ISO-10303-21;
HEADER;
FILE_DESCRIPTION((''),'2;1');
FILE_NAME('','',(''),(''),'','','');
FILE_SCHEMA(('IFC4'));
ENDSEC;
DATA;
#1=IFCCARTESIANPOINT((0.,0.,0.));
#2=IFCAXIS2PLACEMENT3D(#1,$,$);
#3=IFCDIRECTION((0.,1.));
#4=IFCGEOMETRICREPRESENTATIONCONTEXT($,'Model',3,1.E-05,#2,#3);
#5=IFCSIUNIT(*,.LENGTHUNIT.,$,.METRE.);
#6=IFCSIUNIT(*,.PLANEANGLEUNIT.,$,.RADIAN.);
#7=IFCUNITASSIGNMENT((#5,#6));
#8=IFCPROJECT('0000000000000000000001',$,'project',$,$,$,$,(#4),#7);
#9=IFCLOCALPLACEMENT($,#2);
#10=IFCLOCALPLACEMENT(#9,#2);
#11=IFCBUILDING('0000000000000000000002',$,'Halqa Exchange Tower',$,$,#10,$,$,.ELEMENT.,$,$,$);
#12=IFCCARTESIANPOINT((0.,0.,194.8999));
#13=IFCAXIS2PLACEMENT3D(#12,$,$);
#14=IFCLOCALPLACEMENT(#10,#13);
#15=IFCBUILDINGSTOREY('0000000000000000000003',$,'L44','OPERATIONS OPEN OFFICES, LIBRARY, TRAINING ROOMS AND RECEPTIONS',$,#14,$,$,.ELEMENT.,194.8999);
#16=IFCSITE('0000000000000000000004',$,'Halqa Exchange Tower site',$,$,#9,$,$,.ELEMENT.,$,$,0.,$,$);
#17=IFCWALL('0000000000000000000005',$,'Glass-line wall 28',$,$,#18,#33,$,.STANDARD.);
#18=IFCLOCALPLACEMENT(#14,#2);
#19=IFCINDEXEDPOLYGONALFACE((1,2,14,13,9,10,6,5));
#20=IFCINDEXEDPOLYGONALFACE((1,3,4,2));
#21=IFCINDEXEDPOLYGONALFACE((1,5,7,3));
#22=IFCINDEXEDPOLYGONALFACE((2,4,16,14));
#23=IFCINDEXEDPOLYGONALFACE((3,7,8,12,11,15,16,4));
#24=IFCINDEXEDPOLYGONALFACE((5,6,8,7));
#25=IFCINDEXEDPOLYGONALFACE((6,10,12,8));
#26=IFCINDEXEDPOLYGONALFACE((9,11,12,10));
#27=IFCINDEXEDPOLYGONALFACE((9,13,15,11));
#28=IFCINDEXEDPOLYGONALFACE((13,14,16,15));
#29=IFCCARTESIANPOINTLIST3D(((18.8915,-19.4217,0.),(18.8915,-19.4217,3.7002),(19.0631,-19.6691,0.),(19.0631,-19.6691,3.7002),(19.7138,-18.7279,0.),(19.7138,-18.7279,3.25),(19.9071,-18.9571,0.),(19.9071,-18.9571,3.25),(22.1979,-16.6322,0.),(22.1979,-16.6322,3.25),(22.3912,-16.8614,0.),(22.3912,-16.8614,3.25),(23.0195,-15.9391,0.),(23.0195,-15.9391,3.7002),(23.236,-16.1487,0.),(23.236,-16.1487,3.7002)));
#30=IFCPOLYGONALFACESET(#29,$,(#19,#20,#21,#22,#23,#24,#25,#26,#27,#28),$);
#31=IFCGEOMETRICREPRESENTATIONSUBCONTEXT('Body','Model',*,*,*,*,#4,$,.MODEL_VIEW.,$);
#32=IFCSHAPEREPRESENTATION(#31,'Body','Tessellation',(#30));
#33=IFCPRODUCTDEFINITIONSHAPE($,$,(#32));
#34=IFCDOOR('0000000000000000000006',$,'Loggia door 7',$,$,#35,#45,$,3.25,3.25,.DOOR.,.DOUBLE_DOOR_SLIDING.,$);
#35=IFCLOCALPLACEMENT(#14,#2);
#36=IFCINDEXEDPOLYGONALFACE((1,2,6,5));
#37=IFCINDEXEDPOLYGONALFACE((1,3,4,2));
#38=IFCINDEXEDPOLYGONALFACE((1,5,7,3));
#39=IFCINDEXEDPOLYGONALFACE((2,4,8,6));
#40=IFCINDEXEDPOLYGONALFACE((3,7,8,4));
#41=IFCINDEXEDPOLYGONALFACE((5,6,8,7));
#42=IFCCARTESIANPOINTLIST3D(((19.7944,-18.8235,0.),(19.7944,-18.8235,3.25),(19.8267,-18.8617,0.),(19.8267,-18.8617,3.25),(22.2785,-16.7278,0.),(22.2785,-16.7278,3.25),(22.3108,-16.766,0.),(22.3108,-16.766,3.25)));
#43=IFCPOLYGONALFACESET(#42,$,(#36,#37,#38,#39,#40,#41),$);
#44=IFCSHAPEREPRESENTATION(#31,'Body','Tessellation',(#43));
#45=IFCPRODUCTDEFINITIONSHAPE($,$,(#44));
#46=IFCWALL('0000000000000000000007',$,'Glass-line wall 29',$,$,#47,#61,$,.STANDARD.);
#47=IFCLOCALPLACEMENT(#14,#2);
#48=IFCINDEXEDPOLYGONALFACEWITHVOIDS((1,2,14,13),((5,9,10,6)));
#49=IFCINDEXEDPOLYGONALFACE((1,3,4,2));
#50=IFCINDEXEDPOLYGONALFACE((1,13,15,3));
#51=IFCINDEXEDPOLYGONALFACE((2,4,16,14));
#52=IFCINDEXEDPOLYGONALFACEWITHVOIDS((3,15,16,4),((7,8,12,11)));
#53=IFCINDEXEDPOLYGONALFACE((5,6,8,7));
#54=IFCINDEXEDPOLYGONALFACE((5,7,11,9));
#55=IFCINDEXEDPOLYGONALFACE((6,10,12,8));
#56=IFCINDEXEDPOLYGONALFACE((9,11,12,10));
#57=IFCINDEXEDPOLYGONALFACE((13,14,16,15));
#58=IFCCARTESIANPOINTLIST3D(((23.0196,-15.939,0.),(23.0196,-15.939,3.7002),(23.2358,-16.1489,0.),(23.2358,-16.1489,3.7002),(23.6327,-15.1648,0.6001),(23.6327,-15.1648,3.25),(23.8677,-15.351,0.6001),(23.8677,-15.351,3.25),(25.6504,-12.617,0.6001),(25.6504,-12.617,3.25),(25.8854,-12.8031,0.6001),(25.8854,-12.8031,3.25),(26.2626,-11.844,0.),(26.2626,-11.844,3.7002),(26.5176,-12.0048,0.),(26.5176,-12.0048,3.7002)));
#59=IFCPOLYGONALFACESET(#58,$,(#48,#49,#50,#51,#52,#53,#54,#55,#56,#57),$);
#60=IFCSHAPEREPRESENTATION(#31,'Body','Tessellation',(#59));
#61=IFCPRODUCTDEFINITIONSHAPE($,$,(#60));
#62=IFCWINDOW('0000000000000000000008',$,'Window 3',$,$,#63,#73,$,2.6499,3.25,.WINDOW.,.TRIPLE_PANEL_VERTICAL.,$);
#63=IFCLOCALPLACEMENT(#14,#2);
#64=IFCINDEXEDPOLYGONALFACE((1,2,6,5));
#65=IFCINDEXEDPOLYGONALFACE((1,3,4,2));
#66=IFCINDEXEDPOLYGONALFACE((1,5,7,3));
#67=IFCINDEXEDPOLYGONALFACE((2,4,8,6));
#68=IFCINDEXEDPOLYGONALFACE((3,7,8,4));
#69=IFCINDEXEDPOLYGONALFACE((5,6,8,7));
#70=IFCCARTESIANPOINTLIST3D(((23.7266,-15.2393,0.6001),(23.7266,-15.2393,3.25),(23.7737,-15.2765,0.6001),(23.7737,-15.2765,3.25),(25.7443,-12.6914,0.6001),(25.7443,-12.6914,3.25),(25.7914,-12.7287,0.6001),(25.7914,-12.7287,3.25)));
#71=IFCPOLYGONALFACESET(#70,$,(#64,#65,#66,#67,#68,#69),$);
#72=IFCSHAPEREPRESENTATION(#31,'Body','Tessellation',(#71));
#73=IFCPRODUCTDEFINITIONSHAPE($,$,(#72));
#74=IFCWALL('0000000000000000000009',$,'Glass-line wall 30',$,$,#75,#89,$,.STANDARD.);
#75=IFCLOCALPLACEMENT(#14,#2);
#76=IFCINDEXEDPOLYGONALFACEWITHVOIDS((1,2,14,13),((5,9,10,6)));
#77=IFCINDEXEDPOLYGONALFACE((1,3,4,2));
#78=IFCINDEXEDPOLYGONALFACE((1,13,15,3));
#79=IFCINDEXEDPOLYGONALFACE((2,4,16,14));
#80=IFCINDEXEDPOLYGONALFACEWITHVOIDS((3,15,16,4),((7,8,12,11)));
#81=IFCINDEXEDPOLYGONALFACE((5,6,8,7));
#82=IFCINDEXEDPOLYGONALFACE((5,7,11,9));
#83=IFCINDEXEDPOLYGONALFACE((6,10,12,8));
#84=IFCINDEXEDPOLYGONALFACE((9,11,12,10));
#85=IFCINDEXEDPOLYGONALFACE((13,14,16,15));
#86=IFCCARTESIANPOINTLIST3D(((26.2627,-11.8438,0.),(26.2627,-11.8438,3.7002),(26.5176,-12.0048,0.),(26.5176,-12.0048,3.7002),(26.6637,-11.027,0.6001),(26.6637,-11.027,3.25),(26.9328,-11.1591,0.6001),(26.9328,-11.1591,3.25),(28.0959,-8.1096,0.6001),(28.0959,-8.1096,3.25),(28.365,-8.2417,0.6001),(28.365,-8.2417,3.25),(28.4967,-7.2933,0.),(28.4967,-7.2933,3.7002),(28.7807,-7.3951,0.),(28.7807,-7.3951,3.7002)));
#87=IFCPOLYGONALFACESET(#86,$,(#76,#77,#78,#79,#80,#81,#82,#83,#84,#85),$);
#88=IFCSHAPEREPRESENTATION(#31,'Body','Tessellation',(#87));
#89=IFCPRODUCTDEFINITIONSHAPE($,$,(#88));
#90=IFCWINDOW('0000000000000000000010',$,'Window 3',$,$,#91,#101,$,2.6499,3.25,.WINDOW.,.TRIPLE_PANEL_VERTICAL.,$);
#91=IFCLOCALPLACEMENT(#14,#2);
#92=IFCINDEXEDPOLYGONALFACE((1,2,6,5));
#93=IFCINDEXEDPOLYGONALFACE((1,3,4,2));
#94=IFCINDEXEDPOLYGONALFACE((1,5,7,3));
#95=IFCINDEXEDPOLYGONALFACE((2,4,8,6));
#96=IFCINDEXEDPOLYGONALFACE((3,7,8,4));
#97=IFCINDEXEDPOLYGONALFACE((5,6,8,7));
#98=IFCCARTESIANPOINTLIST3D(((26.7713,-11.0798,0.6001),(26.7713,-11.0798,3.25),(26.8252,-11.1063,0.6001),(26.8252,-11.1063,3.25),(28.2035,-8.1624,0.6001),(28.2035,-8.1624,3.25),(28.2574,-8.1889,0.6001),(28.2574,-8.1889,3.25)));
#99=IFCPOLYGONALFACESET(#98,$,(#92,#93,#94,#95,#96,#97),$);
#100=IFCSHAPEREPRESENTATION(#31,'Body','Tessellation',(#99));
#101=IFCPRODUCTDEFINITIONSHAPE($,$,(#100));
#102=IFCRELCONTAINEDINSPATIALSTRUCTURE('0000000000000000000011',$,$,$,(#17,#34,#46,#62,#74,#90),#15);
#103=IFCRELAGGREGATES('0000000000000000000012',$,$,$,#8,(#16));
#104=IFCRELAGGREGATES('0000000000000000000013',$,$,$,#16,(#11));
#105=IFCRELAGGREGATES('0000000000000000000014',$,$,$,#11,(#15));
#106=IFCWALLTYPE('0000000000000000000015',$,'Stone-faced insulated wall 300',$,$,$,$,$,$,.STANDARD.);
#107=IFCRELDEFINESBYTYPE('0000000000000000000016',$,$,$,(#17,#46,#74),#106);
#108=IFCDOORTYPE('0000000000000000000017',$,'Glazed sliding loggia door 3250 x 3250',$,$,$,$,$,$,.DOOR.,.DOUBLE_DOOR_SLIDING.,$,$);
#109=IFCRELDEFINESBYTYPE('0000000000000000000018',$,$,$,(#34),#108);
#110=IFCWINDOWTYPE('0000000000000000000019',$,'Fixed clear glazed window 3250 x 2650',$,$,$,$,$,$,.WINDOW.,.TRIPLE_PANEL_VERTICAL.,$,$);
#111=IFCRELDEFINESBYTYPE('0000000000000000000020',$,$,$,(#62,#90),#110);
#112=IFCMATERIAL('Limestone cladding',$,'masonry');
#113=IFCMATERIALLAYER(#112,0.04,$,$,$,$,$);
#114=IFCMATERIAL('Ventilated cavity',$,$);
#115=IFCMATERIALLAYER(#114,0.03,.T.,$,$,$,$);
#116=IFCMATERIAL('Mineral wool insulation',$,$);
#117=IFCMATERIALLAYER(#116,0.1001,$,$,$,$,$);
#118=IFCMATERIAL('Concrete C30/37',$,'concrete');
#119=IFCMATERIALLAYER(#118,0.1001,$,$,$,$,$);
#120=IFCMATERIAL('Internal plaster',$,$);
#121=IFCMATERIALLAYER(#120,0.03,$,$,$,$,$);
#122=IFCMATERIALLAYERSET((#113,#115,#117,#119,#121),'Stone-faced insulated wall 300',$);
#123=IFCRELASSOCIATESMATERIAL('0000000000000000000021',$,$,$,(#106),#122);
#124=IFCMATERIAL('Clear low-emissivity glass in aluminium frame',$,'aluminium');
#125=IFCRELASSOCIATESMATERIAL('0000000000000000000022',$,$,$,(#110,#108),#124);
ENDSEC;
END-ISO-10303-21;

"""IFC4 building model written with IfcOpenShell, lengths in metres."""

from ifc_helpers import new_model, si_unit, direction, frame, frame_2d, origin, place, context, subcontext, project, spatial, polyline, rectangle, outline, extrude, material, layer, layer_set, type_object, element, fill, save


model = new_model("IFC4")

# Units and contexts
model_context = context("Model", 3, precision=1e-05, world=origin(), true_north=direction((0.0, 1.0)))
body_context = subcontext(model_context, "Body", "Model", "MODEL_VIEW")
ifc_project = project(units=[si_unit("LENGTHUNIT", "METRE"), si_unit("PLANEANGLEUNIT", "RADIAN")], contexts=[model_context])

# Site, building, storey
site_placement = place(None, origin())
site = spatial("IfcSite", under=ifc_project, at=site_placement, Name="Halqa Exchange Tower site", CompositionType="ELEMENT", RefElevation=0.0)
building_placement = place(site_placement, origin())
building = spatial("IfcBuilding", under=site, at=building_placement, Name="Halqa Exchange Tower", CompositionType="ELEMENT")
storey_placement = place(building_placement, frame((0.0, 0.0, 194.8999)))
storey = spatial("IfcBuildingStorey", under=building, at=storey_placement, Name="L44", Description="OPERATIONS OPEN OFFICES, LIBRARY, TRAINING ROOMS AND RECEPTIONS", CompositionType="ELEMENT", Elevation=194.8999)

# Shared definitions
ifc_material_1 = material(Name="Limestone cladding", Category="masonry")
ifc_layer_1 = layer(ifc_material_1, 0.04)
ifc_material_2 = material(Name="Ventilated cavity")
ifc_layer_2 = layer(ifc_material_2, 0.03, ventilated=True)
ifc_material_3 = material(Name="Mineral wool insulation")
ifc_layer_3 = layer(ifc_material_3, 0.1001)
ifc_material_4 = material(Name="Concrete C30/37", Category="concrete")
ifc_layer_4 = layer(ifc_material_4, 0.1001)
ifc_material_5 = material(Name="Internal plaster")
ifc_layer_5 = layer(ifc_material_5, 0.03)
ifc_layer_set_1 = layer_set([ifc_layer_1, ifc_layer_2, ifc_layer_3, ifc_layer_4, ifc_layer_5], Name="Stone-faced insulated wall 300")
wall_type_1 = type_object("IfcWallType", Name="Stone-faced insulated wall 300", PredefinedType="STANDARD", material=ifc_layer_set_1)
ifc_material_6 = material(Name="Clear low-emissivity glass in aluminium frame", Category="aluminium")
window_type = type_object("IfcWindowType", Name="Fixed clear glazed window 3250 x 2650", PartitioningType="TRIPLE_PANEL_VERTICAL", PredefinedType="WINDOW", material=ifc_material_6)

# Wall, opening, door
wall_1_placement = place(storey_placement, frame((18.9773, -19.5454, 0.0), z_axis=(0.0, 0.0, 1.0), x_axis=(0.76433, 0.644825, 0.0)))
wall_1 = element("IfcWall", 1, at=wall_1_placement, inside=storey, type_object=wall_type_1, Name="Glass-line wall 28", PredefinedType="STANDARD", context=body_context, shape_type="SweptSolid", body=[
    extrude(outline(polyline([(-0.0142, -0.1499), (5.4453, -0.1499), (5.415, 0.1499), (0.0142, 0.1499), (-0.0142, -0.1499)])), origin(), (0.0, 0.0, 1.0), 3.7002),
])
opening_1_placement = place(wall_1_placement, frame((1.0901, 0.0, 0.0)))
opening_1 = element("IfcOpeningElement", 2, at=opening_1_placement, cuts=wall_1, PredefinedType="OPENING", context=body_context, shape_type="SweptSolid", body=[
    extrude(rectangle(XDim=3.25, YDim=3.25, at=frame_2d((1.625, 1.625))), frame((0.0, 0.1621, 0.0), z_axis=(0.0, -1.0, 0.0), x_axis=(1.0, 0.0, 0.0)), (0.0, 0.0, 1.0), 0.324),
])
door_type = type_object("IfcDoorType", Name="Glazed sliding loggia door 3250 x 3250", OperationType="DOUBLE_DOOR_SLIDING", PredefinedType="DOOR", material=ifc_material_6)
door_placement = place(opening_1_placement, origin())
door = element("IfcDoor", 3, at=door_placement, inside=storey, type_object=door_type, Name="Loggia door 7", OperationType="DOUBLE_DOOR_SLIDING", OverallHeight=3.25, OverallWidth=3.25, PredefinedType="DOOR", context=body_context, shape_type="SweptSolid", body=[
    extrude(rectangle(XDim=3.25, YDim=3.25, at=frame_2d((1.625, 1.625))), frame((0.0, 0.0249, 0.0), z_axis=(0.0, -1.0, 0.0), x_axis=(1.0, 0.0, 0.0)), (0.0, 0.0, 1.0), 0.05),
])
fill(opening_1, door)

# Walls, openings, windows
wall_2_placement = place(storey_placement, frame((23.1277, -16.0439, 0.0), z_axis=(0.0, 0.0, 1.0), x_axis=(0.620829, 0.783946, 0.0)))
wall_2 = element("IfcWall", 4, at=wall_2_placement, inside=storey, type_object=wall_type_1, Name="Glass-line wall 29", PredefinedType="STANDARD", context=body_context, shape_type="SweptSolid", body=[
    extrude(outline(polyline([(-0.0151, -0.1499), (5.271, -0.1499), (5.2388, 0.1499), (0.0151, 0.1499), (-0.0151, -0.1499)])), origin(), (0.0, 0.0, 1.0), 3.7002),
])
opening_2_placement = place(wall_2_placement, frame((1.0027, 0.0, 0.6001)))
opening_2 = element("IfcOpeningElement", 5, at=opening_2_placement, cuts=wall_2, PredefinedType="OPENING", context=body_context, shape_type="SweptSolid", body=[
    extrude(rectangle(XDim=3.25, YDim=2.6499, at=frame_2d((1.625, 1.325))), frame((0.0, 0.1621, 0.0), z_axis=(0.0, -1.0, 0.0), x_axis=(1.0, 0.0, 0.0)), (0.0, 0.0, 1.0), 0.324),
])
window_1_placement = place(opening_2_placement, origin())
window_1 = element("IfcWindow", 6, at=window_1_placement, inside=storey, type_object=window_type, Name="Window 3", OverallHeight=2.6499, OverallWidth=3.25, PartitioningType="TRIPLE_PANEL_VERTICAL", PredefinedType="WINDOW", context=body_context, shape_type="SweptSolid", body=[
    extrude(rectangle(XDim=3.25, YDim=2.6499, at=frame_2d((1.625, 1.325))), frame((0.0, 0.03, 0.0), z_axis=(0.0, -1.0, 0.0), x_axis=(1.0, 0.0, 0.0)), (0.0, 0.0, 1.0), 0.0601),
])
fill(opening_2, window_1)
wall_3_placement = place(storey_placement, frame((26.3901, -11.9243, 0.0), z_axis=(0.0, 0.0, 1.0), x_axis=(0.440694, 0.897657, 0.0)))
wall_3 = element("IfcWall", 7, at=wall_3_placement, inside=storey, type_object=wall_type_1, Name="Glass-line wall 30", PredefinedType="STANDARD", context=body_context, shape_type="SweptSolid", body=[
    extrude(outline(polyline([(-0.0161, -0.1499), (5.1191, -0.1499), (5.0854, 0.1499), (0.0161, 0.1499), (-0.0161, -0.1499)])), origin(), (0.0, 0.0, 1.0), 3.7002),
])
opening_3_placement = place(wall_3_placement, frame((0.926, 0.0, 0.6001)))
opening_3 = element("IfcOpeningElement", 8, at=opening_3_placement, cuts=wall_3, PredefinedType="OPENING", context=body_context, shape_type="SweptSolid", body=[
    extrude(rectangle(XDim=3.25, YDim=2.6499, at=frame_2d((1.625, 1.325))), frame((0.0, 0.1621, 0.0), z_axis=(0.0, -1.0, 0.0), x_axis=(1.0, 0.0, 0.0)), (0.0, 0.0, 1.0), 0.324),
])
window_2_placement = place(opening_3_placement, origin())
window_2 = element("IfcWindow", 9, at=window_2_placement, inside=storey, type_object=window_type, Name="Window 3", OverallHeight=2.6499, OverallWidth=3.25, PartitioningType="TRIPLE_PANEL_VERTICAL", PredefinedType="WINDOW", context=body_context, shape_type="SweptSolid", body=[
    extrude(rectangle(XDim=3.25, YDim=2.6499, at=frame_2d((1.625, 1.325))), frame((0.0, 0.03, 0.0), z_axis=(0.0, -1.0, 0.0), x_axis=(1.0, 0.0, 0.0)), (0.0, 0.0, 1.0), 0.0601),
])
fill(opening_3, window_2)

save(model, "model.ifc")
